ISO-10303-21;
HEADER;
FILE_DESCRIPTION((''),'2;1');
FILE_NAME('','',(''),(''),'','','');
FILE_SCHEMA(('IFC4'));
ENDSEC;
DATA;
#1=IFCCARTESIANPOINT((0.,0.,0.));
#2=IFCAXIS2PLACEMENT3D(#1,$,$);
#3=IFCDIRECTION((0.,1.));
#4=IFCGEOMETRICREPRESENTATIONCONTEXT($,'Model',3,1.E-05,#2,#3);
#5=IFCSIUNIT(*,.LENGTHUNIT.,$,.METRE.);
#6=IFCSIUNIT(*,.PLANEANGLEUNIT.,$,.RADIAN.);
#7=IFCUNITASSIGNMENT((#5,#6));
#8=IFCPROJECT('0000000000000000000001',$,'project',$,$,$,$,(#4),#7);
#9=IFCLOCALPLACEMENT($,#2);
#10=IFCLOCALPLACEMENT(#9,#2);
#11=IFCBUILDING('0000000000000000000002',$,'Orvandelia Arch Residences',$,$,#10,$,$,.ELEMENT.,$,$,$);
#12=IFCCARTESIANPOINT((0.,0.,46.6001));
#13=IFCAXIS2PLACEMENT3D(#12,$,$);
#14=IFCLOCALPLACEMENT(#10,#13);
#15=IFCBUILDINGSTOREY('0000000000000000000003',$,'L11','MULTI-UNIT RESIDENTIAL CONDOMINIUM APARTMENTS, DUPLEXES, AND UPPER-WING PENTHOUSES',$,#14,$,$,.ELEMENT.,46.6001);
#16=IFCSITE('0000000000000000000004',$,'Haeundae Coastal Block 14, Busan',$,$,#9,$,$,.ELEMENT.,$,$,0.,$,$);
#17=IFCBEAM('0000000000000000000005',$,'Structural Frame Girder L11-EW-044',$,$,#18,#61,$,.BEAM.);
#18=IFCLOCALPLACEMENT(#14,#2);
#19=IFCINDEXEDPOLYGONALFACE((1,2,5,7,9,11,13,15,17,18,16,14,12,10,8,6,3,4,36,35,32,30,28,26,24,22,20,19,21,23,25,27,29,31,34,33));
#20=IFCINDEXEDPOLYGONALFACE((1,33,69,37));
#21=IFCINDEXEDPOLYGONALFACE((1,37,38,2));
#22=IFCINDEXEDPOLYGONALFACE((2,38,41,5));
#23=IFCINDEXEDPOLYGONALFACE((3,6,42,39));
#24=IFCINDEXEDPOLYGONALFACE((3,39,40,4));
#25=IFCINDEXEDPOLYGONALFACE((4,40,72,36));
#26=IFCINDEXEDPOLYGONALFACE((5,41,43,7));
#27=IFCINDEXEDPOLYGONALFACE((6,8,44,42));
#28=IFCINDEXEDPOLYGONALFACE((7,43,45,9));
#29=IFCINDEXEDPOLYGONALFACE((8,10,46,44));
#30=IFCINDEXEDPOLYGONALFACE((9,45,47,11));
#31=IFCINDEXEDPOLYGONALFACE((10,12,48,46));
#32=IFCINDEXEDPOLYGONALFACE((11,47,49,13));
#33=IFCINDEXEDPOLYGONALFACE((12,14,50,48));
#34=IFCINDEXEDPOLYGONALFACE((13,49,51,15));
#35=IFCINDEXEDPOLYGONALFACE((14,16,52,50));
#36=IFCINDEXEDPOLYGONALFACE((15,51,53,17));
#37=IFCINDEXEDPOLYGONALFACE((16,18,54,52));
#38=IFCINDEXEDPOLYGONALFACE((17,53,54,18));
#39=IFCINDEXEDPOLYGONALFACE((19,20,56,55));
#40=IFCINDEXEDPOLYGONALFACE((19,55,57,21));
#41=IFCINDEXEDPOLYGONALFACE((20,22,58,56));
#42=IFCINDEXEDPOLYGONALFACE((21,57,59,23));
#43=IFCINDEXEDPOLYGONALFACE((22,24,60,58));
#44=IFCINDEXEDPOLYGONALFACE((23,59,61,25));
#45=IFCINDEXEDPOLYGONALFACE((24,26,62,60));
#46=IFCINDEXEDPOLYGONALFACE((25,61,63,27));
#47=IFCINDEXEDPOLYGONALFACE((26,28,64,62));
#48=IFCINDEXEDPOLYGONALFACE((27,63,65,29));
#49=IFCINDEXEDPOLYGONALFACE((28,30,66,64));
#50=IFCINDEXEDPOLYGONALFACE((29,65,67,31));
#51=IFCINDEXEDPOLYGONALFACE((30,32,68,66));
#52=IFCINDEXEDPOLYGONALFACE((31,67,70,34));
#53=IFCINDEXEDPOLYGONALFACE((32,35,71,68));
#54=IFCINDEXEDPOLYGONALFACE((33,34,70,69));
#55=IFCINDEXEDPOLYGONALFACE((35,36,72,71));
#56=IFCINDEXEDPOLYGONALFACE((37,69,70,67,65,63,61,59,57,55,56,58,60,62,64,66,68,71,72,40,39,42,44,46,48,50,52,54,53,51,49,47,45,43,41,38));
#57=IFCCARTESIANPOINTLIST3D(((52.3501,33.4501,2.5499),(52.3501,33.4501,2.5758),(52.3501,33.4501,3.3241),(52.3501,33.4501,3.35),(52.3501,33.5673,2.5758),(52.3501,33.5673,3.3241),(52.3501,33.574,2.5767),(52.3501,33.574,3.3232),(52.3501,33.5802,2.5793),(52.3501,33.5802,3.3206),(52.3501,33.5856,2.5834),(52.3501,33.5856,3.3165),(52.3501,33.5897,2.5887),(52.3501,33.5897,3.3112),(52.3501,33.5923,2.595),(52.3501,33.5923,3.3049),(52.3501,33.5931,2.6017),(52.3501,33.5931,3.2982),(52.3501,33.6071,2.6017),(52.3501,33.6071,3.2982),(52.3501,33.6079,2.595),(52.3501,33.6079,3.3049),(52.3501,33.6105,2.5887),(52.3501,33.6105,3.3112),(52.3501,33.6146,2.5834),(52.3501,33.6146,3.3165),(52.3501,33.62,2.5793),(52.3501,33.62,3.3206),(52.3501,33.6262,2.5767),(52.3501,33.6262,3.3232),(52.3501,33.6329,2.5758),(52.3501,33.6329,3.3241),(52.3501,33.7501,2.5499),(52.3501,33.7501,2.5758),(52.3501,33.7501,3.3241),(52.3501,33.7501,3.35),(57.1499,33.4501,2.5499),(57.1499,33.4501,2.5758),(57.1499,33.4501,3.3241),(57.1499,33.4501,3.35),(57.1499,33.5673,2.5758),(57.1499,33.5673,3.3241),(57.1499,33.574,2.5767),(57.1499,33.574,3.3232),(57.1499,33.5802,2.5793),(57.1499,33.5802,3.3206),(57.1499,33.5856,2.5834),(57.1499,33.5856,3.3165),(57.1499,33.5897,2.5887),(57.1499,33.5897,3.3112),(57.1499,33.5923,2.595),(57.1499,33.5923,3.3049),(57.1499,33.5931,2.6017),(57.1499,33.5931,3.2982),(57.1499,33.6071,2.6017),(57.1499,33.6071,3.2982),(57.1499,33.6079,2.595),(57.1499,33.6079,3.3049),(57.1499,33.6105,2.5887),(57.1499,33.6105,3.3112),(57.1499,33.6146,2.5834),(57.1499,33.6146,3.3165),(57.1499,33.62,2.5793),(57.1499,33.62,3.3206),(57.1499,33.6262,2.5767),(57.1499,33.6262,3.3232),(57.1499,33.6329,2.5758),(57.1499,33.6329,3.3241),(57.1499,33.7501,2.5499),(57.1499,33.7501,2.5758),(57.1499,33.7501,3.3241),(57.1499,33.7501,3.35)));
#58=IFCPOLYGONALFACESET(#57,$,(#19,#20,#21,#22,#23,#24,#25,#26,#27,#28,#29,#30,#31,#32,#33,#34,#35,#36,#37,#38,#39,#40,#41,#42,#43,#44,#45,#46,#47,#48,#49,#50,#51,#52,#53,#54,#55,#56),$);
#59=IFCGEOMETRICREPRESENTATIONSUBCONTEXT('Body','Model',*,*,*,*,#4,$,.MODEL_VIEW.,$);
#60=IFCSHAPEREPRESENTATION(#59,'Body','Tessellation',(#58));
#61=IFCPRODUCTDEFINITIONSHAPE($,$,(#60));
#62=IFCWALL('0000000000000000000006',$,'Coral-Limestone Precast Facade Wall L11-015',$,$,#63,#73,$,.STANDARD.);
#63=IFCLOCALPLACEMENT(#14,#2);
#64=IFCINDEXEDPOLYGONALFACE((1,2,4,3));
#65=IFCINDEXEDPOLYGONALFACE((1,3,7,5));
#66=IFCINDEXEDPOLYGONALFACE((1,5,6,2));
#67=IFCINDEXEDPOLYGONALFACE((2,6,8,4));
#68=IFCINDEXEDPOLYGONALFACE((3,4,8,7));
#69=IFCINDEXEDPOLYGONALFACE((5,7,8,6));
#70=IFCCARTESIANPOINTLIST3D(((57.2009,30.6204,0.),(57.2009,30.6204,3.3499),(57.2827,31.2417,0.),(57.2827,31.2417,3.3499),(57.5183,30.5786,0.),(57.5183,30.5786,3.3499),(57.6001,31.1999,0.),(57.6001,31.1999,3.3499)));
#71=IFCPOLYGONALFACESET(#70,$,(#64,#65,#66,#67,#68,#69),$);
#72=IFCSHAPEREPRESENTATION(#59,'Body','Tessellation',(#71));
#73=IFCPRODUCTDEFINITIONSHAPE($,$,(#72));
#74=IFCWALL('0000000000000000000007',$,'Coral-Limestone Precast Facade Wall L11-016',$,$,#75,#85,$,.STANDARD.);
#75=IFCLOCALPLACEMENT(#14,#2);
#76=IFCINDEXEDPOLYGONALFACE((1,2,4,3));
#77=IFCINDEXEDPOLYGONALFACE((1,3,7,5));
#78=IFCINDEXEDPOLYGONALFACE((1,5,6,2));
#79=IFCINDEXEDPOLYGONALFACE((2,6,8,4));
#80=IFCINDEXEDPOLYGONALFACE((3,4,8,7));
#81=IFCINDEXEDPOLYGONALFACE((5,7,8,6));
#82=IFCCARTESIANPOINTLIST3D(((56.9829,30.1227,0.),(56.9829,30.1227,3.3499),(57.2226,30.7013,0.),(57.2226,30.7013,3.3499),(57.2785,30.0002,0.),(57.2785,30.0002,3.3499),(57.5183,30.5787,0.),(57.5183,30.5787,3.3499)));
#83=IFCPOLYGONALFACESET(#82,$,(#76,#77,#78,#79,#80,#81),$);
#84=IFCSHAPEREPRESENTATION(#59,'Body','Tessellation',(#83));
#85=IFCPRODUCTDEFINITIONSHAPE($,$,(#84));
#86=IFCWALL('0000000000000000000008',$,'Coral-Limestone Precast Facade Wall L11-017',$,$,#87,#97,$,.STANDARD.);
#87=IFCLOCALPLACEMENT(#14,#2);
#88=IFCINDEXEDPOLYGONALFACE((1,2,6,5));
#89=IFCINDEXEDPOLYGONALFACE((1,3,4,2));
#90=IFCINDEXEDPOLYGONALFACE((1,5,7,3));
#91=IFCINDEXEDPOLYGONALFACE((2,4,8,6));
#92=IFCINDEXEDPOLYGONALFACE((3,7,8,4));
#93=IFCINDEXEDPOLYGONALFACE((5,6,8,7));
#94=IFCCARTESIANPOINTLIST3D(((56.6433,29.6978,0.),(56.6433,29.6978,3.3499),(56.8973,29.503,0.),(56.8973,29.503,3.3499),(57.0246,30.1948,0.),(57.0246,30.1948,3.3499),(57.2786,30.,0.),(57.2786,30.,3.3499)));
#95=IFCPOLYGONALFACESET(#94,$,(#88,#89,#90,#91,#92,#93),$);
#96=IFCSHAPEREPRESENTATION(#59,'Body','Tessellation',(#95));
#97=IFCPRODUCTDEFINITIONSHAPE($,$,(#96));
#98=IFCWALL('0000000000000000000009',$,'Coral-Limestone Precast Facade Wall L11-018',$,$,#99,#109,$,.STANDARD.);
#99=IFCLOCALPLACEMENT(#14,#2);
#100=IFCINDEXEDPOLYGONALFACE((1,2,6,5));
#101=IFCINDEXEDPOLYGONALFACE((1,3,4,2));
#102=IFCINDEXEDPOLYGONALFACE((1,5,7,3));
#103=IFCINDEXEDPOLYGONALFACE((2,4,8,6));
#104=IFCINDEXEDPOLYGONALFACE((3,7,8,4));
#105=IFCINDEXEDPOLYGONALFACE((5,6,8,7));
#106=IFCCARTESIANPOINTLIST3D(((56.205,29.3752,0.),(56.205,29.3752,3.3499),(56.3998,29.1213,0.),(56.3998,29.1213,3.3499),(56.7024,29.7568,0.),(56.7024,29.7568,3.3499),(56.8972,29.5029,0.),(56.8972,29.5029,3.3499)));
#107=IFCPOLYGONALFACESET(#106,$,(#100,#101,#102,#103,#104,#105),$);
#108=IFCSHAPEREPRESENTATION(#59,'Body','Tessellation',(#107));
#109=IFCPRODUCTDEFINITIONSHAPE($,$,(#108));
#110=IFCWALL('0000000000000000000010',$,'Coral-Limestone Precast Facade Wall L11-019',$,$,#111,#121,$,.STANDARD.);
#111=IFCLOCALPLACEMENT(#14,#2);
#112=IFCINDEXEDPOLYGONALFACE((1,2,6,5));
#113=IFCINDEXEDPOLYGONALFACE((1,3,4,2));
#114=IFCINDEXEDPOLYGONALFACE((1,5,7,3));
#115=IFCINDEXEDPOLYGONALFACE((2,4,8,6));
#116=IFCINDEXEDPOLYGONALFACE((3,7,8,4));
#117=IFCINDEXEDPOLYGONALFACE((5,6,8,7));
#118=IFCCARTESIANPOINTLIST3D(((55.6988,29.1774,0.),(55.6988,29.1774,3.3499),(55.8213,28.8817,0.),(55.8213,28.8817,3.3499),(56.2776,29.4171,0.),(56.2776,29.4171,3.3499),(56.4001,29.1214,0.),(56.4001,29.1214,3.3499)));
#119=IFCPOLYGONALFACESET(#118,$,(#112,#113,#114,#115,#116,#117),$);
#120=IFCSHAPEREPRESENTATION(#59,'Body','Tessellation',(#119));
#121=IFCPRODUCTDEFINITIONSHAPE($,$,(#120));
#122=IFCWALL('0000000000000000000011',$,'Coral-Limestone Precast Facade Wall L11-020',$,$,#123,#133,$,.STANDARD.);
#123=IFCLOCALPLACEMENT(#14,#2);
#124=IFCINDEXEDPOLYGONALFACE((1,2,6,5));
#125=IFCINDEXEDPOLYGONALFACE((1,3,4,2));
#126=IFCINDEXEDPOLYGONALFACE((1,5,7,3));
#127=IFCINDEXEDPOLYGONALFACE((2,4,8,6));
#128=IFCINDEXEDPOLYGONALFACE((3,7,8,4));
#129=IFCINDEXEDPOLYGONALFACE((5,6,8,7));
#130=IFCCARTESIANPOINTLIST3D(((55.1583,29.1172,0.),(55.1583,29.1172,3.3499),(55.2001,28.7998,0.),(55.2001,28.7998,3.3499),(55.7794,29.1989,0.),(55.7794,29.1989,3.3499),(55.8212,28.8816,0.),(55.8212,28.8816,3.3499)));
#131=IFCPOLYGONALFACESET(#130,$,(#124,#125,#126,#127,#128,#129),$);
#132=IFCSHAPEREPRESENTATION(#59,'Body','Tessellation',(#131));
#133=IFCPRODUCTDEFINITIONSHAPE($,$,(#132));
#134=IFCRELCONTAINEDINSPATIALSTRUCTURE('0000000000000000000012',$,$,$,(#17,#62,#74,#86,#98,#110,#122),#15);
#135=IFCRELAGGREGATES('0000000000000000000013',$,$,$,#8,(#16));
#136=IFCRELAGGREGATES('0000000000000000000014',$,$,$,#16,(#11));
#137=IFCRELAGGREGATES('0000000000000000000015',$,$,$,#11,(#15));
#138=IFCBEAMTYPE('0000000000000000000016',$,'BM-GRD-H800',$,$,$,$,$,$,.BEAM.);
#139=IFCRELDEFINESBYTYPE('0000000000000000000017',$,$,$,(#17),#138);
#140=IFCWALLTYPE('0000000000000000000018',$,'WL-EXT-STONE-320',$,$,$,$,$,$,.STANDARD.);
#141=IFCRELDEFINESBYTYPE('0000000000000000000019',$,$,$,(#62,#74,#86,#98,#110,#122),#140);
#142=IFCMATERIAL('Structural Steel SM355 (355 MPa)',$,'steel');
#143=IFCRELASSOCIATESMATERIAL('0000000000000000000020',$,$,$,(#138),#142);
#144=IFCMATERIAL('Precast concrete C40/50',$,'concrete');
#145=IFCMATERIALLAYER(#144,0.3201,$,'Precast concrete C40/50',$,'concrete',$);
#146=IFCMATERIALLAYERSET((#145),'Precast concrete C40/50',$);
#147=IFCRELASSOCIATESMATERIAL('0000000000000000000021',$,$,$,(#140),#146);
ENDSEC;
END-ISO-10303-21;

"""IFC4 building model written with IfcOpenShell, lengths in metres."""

from ifc_helpers import new_model, si_unit, direction, frame, frame_2d, origin, origin_2d, place, context, subcontext, project, spatial, rectangle, i_section, extrude, material, layer, layer_set, material_profile, profile_set, type_object, element, save


model = new_model("IFC4")

# Units and contexts
model_context = context("Model", 3, precision=1e-05, world=origin(), true_north=direction((0.0, 1.0)))
body_context = subcontext(model_context, "Body", "Model", "MODEL_VIEW")
ifc_project = project(units=[si_unit("LENGTHUNIT", "METRE"), si_unit("PLANEANGLEUNIT", "RADIAN")], contexts=[model_context])

# Site, building, storey
site_placement = place(None, origin())
site = spatial("IfcSite", under=ifc_project, at=site_placement, Name="Haeundae Coastal Block 14, Busan", CompositionType="ELEMENT", RefElevation=0.0)
building_placement = place(site_placement, origin())
building = spatial("IfcBuilding", under=site, at=building_placement, Name="Orvandelia Arch Residences", CompositionType="ELEMENT")
storey_placement = place(building_placement, frame((0.0, 0.0, 46.6001)))
storey = spatial("IfcBuildingStorey", under=building, at=storey_placement, Name="L11", Description="MULTI-UNIT RESIDENTIAL CONDOMINIUM APARTMENTS, DUPLEXES, AND UPPER-WING PENTHOUSES", CompositionType="ELEMENT", Elevation=46.6001)

# Beam
ifc_material_1 = material(Name="Structural Steel SM355 (355 MPa)", Category="steel")
ifc_material_profile_1 = material_profile(ifc_material_1, i_section(OverallWidth=0.3, OverallDepth=0.8, WebThickness=0.0139, FlangeThickness=0.0259, FilletRadius=0.0259, at=origin_2d()), Name="Structural Steel SM355 (355 MPa)", Category="steel")
ifc_profile_set_1 = profile_set([ifc_material_profile_1], Name="Structural Steel SM355 (355 MPa)")
beam_type = type_object("IfcBeamType", Name="BM-GRD-H800", PredefinedType="BEAM", material=ifc_profile_set_1)
for number, where, z_axis, x_axis, name in (
    (1, (52.3501, 33.6001, 2.95), (1.0, 0.0, 0.0), (0.0, 1.0, 0.0), "Structural Frame Girder L11-EW-044"),
):
    element("IfcBeam", number, at=place(storey_placement, frame(where, z_axis=z_axis, x_axis=x_axis)), inside=storey, type_object=beam_type, Name=name, PredefinedType="BEAM", context=body_context, shape_type="SweptSolid", body=[
        extrude(i_section(OverallWidth=0.3, OverallDepth=0.8, WebThickness=0.0139, FlangeThickness=0.0259, FilletRadius=0.0259, at=origin_2d()), origin(), (0.0, 0.0, 1.0), 4.7998),
    ])

# Walls
ifc_material_2 = material(Name="Precast concrete C40/50", Category="concrete")
ifc_layer_1 = layer(ifc_material_2, 0.3201, Name="Precast concrete C40/50", Category="concrete")
ifc_layer_set_1 = layer_set([ifc_layer_1], Name="Precast concrete C40/50")
wall_type_1 = type_object("IfcWallType", Name="WL-EXT-STONE-320", PredefinedType="STANDARD", material=ifc_layer_set_1)
wall_1_placement = place(storey_placement, frame((57.4414, 31.2209, 0.0), z_axis=(0.0, 0.0, 1.0), x_axis=(-0.130505, -0.991448, 0.0)))
element("IfcWall", 2, at=wall_1_placement, inside=storey, type_object=wall_type_1, Name="Coral-Limestone Precast Facade Wall L11-015", PredefinedType="STANDARD", context=body_context, shape_type="SweptSolid", body=[
    extrude(rectangle(XDim=0.6267, YDim=0.3201, at=frame_2d((0.3135, 0.0))), origin(), (0.0, 0.0, 1.0), 3.3499),
])
wall_2_placement = place(storey_placement, frame((57.3704, 30.6399, 0.0), z_axis=(0.0, 0.0, 1.0), x_axis=(-0.382788, -0.923836, 0.0)))
element("IfcWall", 3, at=wall_2_placement, inside=storey, type_object=wall_type_1, Name="Coral-Limestone Precast Facade Wall L11-016", PredefinedType="STANDARD", context=body_context, shape_type="SweptSolid", body=[
    extrude(rectangle(XDim=0.6262, YDim=0.3201, at=frame_2d((0.313, 0.0))), origin(), (0.0, 0.0, 1.0), 3.3499),
])
wall_3_placement = place(storey_placement, frame((57.1516, 30.0974, 0.0), z_axis=(0.0, 0.0, 1.0), x_axis=(-0.608693, -0.793406, 0.0)))
element("IfcWall", 4, at=wall_3_placement, inside=storey, type_object=wall_type_1, Name="Coral-Limestone Precast Facade Wall L11-017", PredefinedType="STANDARD", context=body_context, shape_type="SweptSolid", body=[
    extrude(rectangle(XDim=0.6265, YDim=0.3201, at=frame_2d((0.3132, 0.0))), origin(), (0.0, 0.0, 1.0), 3.3499),
])
wall_4_placement = place(storey_placement, frame((56.7998, 29.6299, 0.0), z_axis=(0.0, 0.0, 1.0), x_axis=(-0.793362, -0.60875, 0.0)))
element("IfcWall", 5, at=wall_4_placement, inside=storey, type_object=wall_type_1, Name="Coral-Limestone Precast Facade Wall L11-018", PredefinedType="STANDARD", context=body_context, shape_type="SweptSolid", body=[
    extrude(rectangle(XDim=0.627, YDim=0.3201, at=frame_2d((0.3135, 0.0))), origin(), (0.0, 0.0, 1.0), 3.3499),
])
for number, where, z_axis, x_axis, name in (
    (6, (56.3389, 29.2693, 0.0), (0.0, 0.0, 1.0), (-0.923893, -0.38265, 0.0), "Coral-Limestone Precast Facade Wall L11-019"),
    (7, (55.8003, 29.0403, 0.0), (0.0, 0.0, 1.0), (-0.991441, -0.130555, 0.0), "Coral-Limestone Precast Facade Wall L11-020"),
):
    element("IfcWall", number, at=place(storey_placement, frame(where, z_axis=z_axis, x_axis=x_axis)), inside=storey, type_object=wall_type_1, Name=name, PredefinedType="STANDARD", context=body_context, shape_type="SweptSolid", body=[
        extrude(rectangle(XDim=0.6265, YDim=0.3201, at=frame_2d((0.3132, 0.0))), origin(), (0.0, 0.0, 1.0), 3.3499),
    ])

save(model, "model.ifc")
